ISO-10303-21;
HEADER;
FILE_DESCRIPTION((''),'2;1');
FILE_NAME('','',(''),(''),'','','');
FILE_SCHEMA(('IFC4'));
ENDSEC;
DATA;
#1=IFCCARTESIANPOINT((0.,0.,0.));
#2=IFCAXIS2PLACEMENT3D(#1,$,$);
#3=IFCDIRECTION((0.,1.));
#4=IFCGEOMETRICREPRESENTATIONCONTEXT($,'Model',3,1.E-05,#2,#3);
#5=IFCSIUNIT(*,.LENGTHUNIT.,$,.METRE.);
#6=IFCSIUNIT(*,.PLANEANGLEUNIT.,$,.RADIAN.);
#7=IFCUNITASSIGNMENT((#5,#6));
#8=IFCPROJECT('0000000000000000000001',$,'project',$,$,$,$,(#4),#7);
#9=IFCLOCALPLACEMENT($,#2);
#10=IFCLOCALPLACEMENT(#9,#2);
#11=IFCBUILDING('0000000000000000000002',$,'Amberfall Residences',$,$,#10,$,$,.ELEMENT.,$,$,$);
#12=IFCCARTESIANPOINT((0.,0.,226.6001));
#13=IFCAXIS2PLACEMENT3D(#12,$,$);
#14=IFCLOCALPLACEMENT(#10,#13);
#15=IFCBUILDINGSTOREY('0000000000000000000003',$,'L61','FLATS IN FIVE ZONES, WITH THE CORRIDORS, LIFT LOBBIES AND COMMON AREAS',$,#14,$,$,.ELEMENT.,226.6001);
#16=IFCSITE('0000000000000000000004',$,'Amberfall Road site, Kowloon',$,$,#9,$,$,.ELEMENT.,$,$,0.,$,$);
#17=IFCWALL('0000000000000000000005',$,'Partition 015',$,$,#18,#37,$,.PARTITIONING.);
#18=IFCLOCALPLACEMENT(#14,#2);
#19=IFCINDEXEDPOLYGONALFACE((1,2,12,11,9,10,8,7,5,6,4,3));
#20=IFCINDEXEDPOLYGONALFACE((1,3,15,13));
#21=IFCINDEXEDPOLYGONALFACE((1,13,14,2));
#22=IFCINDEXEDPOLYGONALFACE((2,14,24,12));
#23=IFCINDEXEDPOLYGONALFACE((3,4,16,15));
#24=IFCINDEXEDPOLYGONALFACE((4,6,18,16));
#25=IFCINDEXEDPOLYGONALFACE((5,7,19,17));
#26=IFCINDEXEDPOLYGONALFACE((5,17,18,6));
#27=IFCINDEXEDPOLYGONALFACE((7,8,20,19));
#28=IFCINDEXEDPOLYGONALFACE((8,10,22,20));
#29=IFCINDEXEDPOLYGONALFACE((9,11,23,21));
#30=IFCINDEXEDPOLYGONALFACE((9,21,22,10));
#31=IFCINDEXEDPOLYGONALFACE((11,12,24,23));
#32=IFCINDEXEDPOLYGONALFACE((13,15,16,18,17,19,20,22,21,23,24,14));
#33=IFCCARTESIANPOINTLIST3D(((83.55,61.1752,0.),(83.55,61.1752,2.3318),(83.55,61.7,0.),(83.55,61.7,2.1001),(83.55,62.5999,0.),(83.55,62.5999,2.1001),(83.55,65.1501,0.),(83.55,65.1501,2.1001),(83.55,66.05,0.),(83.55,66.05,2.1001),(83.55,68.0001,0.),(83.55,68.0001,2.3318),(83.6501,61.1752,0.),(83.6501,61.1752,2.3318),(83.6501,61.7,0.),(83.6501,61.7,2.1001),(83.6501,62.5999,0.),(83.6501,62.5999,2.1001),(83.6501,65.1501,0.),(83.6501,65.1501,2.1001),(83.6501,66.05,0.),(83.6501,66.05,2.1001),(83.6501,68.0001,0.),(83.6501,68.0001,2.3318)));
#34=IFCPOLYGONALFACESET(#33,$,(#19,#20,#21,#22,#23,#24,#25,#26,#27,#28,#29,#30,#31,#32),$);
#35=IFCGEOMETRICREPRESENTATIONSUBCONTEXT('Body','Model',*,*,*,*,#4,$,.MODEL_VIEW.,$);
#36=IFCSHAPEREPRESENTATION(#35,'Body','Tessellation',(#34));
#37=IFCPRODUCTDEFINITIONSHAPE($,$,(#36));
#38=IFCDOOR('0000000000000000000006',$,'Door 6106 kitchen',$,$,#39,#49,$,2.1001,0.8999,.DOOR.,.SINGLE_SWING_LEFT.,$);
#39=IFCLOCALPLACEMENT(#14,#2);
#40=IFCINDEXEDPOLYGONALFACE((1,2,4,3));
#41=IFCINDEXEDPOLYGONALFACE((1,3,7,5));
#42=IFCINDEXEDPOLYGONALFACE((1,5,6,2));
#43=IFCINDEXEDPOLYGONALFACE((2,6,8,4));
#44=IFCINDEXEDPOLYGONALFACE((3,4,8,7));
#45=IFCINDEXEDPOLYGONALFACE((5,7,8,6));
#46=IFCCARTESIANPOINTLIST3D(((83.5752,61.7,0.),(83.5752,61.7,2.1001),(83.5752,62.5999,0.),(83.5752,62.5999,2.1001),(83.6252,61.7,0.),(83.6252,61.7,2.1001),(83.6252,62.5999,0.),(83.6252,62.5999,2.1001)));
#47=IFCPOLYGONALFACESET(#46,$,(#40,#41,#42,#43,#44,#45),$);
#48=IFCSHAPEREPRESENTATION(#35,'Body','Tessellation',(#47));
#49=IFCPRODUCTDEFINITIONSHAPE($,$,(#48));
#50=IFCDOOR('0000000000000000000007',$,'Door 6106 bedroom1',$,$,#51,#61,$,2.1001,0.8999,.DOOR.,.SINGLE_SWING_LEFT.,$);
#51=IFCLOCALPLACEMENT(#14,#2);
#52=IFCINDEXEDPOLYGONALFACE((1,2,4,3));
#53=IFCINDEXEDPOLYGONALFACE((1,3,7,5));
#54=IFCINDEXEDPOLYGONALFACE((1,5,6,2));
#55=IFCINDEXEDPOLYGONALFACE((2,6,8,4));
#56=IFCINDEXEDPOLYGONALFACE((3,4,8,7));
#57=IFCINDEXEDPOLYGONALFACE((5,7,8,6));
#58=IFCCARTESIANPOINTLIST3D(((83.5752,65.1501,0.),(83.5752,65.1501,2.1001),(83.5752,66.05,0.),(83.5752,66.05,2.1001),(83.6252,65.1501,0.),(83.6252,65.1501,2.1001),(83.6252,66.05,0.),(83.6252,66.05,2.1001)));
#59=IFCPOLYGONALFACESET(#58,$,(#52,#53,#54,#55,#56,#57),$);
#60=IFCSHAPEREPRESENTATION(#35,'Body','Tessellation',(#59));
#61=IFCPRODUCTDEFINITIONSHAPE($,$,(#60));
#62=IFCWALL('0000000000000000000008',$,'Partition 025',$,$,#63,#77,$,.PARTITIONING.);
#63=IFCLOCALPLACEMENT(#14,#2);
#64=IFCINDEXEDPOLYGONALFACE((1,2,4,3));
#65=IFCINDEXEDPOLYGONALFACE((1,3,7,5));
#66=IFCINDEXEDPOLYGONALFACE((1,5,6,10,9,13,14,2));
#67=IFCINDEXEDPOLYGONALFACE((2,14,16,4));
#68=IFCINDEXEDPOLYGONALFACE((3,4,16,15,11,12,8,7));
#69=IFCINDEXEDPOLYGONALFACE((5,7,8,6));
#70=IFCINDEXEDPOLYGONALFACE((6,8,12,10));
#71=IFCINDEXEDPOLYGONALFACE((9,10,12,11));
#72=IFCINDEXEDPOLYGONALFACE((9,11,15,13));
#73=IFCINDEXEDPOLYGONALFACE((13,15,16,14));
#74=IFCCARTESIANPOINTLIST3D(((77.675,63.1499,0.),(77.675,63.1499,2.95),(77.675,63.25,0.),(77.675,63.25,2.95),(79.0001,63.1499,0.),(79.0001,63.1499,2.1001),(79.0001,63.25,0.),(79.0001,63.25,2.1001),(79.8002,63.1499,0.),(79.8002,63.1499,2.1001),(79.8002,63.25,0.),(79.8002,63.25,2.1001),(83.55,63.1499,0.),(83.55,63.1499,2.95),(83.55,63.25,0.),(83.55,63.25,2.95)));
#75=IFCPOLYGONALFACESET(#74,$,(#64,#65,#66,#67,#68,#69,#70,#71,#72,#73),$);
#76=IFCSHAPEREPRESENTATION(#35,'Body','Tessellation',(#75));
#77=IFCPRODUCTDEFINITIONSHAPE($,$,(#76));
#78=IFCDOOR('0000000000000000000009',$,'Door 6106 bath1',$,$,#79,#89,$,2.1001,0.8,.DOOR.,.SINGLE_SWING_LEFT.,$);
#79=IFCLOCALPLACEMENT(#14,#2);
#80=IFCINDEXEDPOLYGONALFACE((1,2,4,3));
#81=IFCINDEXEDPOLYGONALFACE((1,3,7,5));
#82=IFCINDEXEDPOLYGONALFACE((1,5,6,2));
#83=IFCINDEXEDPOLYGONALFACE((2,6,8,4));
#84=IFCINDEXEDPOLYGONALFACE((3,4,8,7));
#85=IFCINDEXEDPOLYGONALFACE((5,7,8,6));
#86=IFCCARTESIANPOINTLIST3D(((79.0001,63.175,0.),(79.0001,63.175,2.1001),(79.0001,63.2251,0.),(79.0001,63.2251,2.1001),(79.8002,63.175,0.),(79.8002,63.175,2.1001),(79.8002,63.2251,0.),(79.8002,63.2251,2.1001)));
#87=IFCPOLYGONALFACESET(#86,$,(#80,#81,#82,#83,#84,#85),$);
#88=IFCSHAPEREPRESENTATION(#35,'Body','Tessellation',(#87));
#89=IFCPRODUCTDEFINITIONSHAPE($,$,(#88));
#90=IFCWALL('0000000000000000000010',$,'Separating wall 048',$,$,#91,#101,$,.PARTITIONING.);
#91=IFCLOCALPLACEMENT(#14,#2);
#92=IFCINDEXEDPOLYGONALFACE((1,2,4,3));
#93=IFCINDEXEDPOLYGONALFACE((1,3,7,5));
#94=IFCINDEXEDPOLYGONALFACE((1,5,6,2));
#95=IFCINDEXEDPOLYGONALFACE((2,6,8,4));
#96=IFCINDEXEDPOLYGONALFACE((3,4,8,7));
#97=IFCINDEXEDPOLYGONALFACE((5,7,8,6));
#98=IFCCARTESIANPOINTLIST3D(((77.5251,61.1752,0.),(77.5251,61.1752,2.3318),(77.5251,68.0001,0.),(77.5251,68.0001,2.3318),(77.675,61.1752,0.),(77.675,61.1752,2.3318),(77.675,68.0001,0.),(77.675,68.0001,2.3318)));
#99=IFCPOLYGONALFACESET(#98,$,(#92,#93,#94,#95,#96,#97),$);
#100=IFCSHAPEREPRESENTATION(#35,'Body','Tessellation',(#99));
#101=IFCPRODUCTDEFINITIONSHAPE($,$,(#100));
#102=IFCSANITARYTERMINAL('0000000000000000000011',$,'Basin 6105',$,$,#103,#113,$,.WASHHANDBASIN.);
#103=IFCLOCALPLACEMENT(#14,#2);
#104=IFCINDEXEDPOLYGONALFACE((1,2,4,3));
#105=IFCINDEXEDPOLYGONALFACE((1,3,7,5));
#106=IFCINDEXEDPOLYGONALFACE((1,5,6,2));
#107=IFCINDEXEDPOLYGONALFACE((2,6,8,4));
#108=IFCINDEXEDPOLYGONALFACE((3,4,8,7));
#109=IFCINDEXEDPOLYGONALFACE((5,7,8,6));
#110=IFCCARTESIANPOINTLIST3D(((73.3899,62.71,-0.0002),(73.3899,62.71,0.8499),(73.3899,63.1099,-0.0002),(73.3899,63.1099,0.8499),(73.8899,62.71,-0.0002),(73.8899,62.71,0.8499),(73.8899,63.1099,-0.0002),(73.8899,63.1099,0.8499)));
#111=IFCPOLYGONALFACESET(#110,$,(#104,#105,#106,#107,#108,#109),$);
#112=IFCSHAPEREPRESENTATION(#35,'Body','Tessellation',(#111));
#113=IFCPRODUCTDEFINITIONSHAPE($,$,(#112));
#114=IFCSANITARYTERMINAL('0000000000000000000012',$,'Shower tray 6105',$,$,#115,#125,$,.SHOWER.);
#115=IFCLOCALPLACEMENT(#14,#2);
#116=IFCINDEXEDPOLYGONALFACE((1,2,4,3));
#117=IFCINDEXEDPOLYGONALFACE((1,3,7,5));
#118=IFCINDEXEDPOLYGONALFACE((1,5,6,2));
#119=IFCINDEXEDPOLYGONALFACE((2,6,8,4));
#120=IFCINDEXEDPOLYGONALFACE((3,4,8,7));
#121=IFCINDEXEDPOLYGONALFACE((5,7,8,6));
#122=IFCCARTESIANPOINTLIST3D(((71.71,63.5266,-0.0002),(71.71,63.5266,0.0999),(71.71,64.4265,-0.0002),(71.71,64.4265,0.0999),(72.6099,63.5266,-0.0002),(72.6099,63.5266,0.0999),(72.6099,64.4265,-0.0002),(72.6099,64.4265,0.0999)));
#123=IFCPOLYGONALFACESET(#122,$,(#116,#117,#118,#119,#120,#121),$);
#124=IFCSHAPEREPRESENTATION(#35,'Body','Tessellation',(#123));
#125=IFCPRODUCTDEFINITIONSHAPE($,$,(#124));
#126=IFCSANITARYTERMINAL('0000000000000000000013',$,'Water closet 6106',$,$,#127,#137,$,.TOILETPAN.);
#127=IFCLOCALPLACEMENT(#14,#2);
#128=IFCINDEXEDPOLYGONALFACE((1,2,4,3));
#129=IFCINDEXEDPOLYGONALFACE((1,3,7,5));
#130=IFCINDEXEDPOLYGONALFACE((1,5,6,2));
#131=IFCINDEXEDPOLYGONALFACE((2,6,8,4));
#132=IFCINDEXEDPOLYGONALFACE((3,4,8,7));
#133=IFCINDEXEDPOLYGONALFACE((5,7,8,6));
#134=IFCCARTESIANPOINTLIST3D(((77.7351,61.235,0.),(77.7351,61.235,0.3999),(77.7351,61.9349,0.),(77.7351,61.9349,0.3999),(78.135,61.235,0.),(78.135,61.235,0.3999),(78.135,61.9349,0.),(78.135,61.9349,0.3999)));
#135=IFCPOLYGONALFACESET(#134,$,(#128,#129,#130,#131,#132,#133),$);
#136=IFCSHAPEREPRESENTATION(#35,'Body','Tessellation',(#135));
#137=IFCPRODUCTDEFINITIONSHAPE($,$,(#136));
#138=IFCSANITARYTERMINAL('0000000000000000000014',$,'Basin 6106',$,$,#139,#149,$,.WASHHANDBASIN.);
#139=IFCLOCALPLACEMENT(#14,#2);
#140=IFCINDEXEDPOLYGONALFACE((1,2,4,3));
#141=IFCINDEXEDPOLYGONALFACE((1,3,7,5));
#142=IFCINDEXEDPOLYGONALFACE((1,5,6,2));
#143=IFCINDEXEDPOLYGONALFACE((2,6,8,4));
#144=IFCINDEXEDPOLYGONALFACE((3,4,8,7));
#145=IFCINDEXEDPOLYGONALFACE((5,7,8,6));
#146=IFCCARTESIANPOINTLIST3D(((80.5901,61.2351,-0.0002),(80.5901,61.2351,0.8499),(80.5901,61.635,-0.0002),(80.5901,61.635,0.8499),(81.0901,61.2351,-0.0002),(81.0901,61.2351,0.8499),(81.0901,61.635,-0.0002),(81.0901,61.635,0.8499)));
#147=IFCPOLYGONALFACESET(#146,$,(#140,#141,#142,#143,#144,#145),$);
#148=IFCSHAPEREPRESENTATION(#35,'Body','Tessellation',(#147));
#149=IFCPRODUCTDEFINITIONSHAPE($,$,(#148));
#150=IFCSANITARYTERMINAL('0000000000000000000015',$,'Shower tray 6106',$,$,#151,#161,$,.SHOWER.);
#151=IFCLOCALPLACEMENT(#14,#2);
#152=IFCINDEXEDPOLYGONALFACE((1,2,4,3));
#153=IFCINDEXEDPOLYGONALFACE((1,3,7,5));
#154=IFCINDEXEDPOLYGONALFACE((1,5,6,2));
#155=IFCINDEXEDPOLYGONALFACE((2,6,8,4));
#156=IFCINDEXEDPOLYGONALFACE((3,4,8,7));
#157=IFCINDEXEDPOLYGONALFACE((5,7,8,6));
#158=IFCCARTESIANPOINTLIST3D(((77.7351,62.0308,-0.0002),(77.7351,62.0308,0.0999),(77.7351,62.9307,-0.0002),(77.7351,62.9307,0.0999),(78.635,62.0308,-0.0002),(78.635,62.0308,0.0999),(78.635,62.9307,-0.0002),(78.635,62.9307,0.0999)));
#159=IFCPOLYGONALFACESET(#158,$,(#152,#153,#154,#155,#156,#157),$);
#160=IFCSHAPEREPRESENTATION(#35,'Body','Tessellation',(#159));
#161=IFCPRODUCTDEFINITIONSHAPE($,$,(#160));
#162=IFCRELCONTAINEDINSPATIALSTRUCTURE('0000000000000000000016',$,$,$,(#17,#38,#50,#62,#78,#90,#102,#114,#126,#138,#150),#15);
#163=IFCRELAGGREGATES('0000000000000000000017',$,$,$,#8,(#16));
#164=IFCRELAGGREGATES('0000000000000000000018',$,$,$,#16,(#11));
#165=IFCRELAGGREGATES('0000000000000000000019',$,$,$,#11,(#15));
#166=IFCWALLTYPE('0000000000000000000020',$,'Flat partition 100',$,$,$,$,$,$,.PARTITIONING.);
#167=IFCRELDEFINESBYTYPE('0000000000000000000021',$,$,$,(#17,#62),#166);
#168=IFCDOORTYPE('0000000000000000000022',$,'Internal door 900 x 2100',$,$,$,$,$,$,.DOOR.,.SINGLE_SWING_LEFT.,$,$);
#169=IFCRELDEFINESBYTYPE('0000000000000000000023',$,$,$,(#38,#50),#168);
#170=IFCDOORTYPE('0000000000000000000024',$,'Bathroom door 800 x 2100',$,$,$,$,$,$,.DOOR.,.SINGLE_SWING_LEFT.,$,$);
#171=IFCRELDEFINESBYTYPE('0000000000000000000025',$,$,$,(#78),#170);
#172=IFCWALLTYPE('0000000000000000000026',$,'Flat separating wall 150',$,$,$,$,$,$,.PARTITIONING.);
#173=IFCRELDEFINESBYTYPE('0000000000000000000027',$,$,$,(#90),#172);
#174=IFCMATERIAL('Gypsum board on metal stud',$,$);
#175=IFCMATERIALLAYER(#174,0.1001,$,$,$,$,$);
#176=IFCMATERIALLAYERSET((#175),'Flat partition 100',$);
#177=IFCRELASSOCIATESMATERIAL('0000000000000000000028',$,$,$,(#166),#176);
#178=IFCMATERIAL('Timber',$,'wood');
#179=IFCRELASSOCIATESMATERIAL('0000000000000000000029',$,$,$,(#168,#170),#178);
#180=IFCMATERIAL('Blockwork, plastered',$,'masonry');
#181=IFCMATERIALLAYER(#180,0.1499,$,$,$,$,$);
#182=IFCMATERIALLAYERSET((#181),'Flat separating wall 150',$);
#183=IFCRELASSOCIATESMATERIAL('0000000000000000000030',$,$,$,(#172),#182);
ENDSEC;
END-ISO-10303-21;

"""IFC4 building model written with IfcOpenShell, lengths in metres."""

from ifc_helpers import new_model, si_unit, direction, frame, frame_2d, origin, origin_2d, place, context, subcontext, project, spatial, rectangle, extrude, material, layer, layer_set, type_object, element, fill, save


model = new_model("IFC4")

# Units and contexts
model_context = context("Model", 3, precision=1e-05, world=origin(), true_north=direction((0.0, 1.0)))
body_context = subcontext(model_context, "Body", "Model", "MODEL_VIEW")
ifc_project = project(units=[si_unit("LENGTHUNIT", "METRE"), si_unit("PLANEANGLEUNIT", "RADIAN")], contexts=[model_context])

# Site, building, storey
site_placement = place(None, origin())
site = spatial("IfcSite", under=ifc_project, at=site_placement, Name="Amberfall Road site, Kowloon", CompositionType="ELEMENT", RefElevation=0.0)
building_placement = place(site_placement, origin())
building = spatial("IfcBuilding", under=site, at=building_placement, Name="Amberfall Residences", CompositionType="ELEMENT")
storey_placement = place(building_placement, frame((0.0, 0.0, 226.6001)))
storey = spatial("IfcBuildingStorey", under=building, at=storey_placement, Name="L61", Description="FLATS IN FIVE ZONES, WITH THE CORRIDORS, LIFT LOBBIES AND COMMON AREAS", CompositionType="ELEMENT", Elevation=226.6001)

# Shared definitions
ifc_material_1 = material(Name="Gypsum board on metal stud")
ifc_layer_1 = layer(ifc_material_1, 0.1001)
ifc_layer_set_1 = layer_set([ifc_layer_1], Name="Flat partition 100")
wall_type_1 = type_object("IfcWallType", Name="Flat partition 100", PredefinedType="PARTITIONING", material=ifc_layer_set_1)

# Wall, openings, doors
wall_1_placement = place(storey_placement, frame((83.6001, 61.175, 0.0), z_axis=(0.0, 0.0, 1.0), x_axis=(0.0, 1.0, 0.0)))
wall_1 = element("IfcWall", 1, at=wall_1_placement, inside=storey, type_object=wall_type_1, Name="Partition 015", PredefinedType="PARTITIONING", context=body_context, shape_type="SweptSolid", body=[
    extrude(rectangle(XDim=6.825, YDim=0.1001, at=frame_2d((3.4126, 0.0))), origin(), (0.0, 0.0, 1.0), 2.3318),
])
opening_1_placement = place(wall_1_placement, frame((0.5249, 0.0, 0.0)))
opening_1 = element("IfcOpeningElement", 2, at=opening_1_placement, cuts=wall_1, PredefinedType="OPENING", context=body_context, shape_type="SweptSolid", body=[
    extrude(rectangle(XDim=0.8999, YDim=2.1001, at=frame_2d((0.45, 1.05))), frame((0.0, 0.0601, 0.0), z_axis=(0.0, -1.0, 0.0), x_axis=(1.0, 0.0, 0.0)), (0.0, 0.0, 1.0), 0.1201),
])
opening_2_placement = place(wall_1_placement, frame((3.9751, 0.0, 0.0)))
opening_2 = element("IfcOpeningElement", 3, at=opening_2_placement, cuts=wall_1, PredefinedType="OPENING", context=body_context, shape_type="SweptSolid", body=[
    extrude(rectangle(XDim=0.8999, YDim=2.1001, at=frame_2d((0.45, 1.05))), frame((0.0, 0.0601, 0.0), z_axis=(0.0, -1.0, 0.0), x_axis=(1.0, 0.0, 0.0)), (0.0, 0.0, 1.0), 0.1201),
])
ifc_material_2 = material(Name="Timber", Category="wood")
door_type_1 = type_object("IfcDoorType", Name="Internal door 900 x 2100", OperationType="SINGLE_SWING_LEFT", PredefinedType="DOOR", material=ifc_material_2)
door_1_placement = place(opening_1_placement, origin())
door_1 = element("IfcDoor", 4, at=door_1_placement, inside=storey, type_object=door_type_1, Name="Door 6106 kitchen", OperationType="SINGLE_SWING_LEFT", OverallHeight=2.1001, OverallWidth=0.8999, PredefinedType="DOOR", context=body_context, shape_type="SweptSolid", body=[
    extrude(rectangle(XDim=0.8999, YDim=2.1001, at=frame_2d((0.45, 1.05))), frame((0.0, 0.0249, 0.0), z_axis=(0.0, -1.0, 0.0), x_axis=(1.0, 0.0, 0.0)), (0.0, 0.0, 1.0), 0.05),
])
fill(opening_1, door_1)
door_2_placement = place(opening_2_placement, origin())
door_2 = element("IfcDoor", 5, at=door_2_placement, inside=storey, type_object=door_type_1, Name="Door 6106 bedroom1", OperationType="SINGLE_SWING_LEFT", OverallHeight=2.1001, OverallWidth=0.8999, PredefinedType="DOOR", context=body_context, shape_type="SweptSolid", body=[
    extrude(rectangle(XDim=0.8999, YDim=2.1001, at=frame_2d((0.45, 1.05))), frame((0.0, 0.0249, 0.0), z_axis=(0.0, -1.0, 0.0), x_axis=(1.0, 0.0, 0.0)), (0.0, 0.0, 1.0), 0.05),
])
fill(opening_2, door_2)

# Wall, opening, door
wall_2_placement = place(storey_placement, frame((83.55, 63.2, 0.0), z_axis=(0.0, 0.0, 1.0), x_axis=(-1.0, 0.0, 0.0)))
wall_2 = element("IfcWall", 6, at=wall_2_placement, inside=storey, type_object=wall_type_1, Name="Partition 025", PredefinedType="PARTITIONING", context=body_context, shape_type="SweptSolid", body=[
    extrude(rectangle(XDim=5.875, YDim=0.1001, at=frame_2d((2.9375, 0.0))), origin(), (0.0, 0.0, 1.0), 2.95),
])
opening_3_placement = place(wall_2_placement, frame((3.75, 0.0, 0.0)))
opening_3 = element("IfcOpeningElement", 7, at=opening_3_placement, cuts=wall_2, PredefinedType="OPENING", context=body_context, shape_type="SweptSolid", body=[
    extrude(rectangle(XDim=0.8, YDim=2.1001, at=frame_2d((0.3999, 1.05))), frame((0.0, 0.0601, 0.0), z_axis=(0.0, -1.0, 0.0), x_axis=(1.0, 0.0, 0.0)), (0.0, 0.0, 1.0), 0.1201),
])
door_type_2 = type_object("IfcDoorType", Name="Bathroom door 800 x 2100", OperationType="SINGLE_SWING_LEFT", PredefinedType="DOOR", material=ifc_material_2)
door_3_placement = place(opening_3_placement, origin())
door_3 = element("IfcDoor", 8, at=door_3_placement, inside=storey, type_object=door_type_2, Name="Door 6106 bath1", OperationType="SINGLE_SWING_LEFT", OverallHeight=2.1001, OverallWidth=0.8, PredefinedType="DOOR", context=body_context, shape_type="SweptSolid", body=[
    extrude(rectangle(XDim=0.8, YDim=2.1001, at=frame_2d((0.3999, 1.05))), frame((0.0, 0.0249, 0.0), z_axis=(0.0, -1.0, 0.0), x_axis=(1.0, 0.0, 0.0)), (0.0, 0.0, 1.0), 0.05),
])
fill(opening_3, door_3)

# Wall
ifc_material_3 = material(Name="Blockwork, plastered", Category="masonry")
ifc_layer_2 = layer(ifc_material_3, 0.1499)
ifc_layer_set_2 = layer_set([ifc_layer_2], Name="Flat separating wall 150")
wall_type_2 = type_object("IfcWallType", Name="Flat separating wall 150", PredefinedType="PARTITIONING", material=ifc_layer_set_2)
wall_3_placement = place(storey_placement, frame((77.6001, 61.175, 0.0), z_axis=(0.0, 0.0, 1.0), x_axis=(0.0, 1.0, 0.0)))
element("IfcWall", 9, at=wall_3_placement, inside=storey, type_object=wall_type_2, Name="Separating wall 048", PredefinedType="PARTITIONING", context=body_context, shape_type="SweptSolid", body=[
    extrude(rectangle(XDim=6.825, YDim=0.1499, at=frame_2d((3.4126, 0.0))), origin(), (0.0, 0.0, 1.0), 2.3318),
])

# Sanitary terminals
sanitary_terminal_1_placement = place(storey_placement, frame((73.6399, 62.9099, -0.0002), z_axis=(0.0, 0.0, 1.0), x_axis=(1.0, 0.0, 0.0)))
element("IfcSanitaryTerminal", 10, at=sanitary_terminal_1_placement, inside=storey, Name="Basin 6105", PredefinedType="WASHHANDBASIN", context=body_context, shape_type="SweptSolid", body=[
    extrude(rectangle(XDim=0.5, YDim=0.3999, at=origin_2d()), origin(), (0.0, 0.0, 1.0), 0.8501),
])
sanitary_terminal_2_placement = place(storey_placement, frame((72.1599, 63.9766, -0.0002), z_axis=(0.0, 0.0, 1.0), x_axis=(1.0, 0.0, 0.0)))
element("IfcSanitaryTerminal", 11, at=sanitary_terminal_2_placement, inside=storey, Name="Shower tray 6105", PredefinedType="SHOWER", context=body_context, shape_type="SweptSolid", body=[
    extrude(rectangle(XDim=0.8999, YDim=0.8999, at=origin_2d()), origin(), (0.0, 0.0, 1.0), 0.1001),
])
sanitary_terminal_3_placement = place(storey_placement, frame((77.9351, 61.585, 0.0), z_axis=(0.0, 0.0, 1.0), x_axis=(1.0, 0.0, 0.0)))
element("IfcSanitaryTerminal", 12, at=sanitary_terminal_3_placement, inside=storey, Name="Water closet 6106", PredefinedType="TOILETPAN", context=body_context, shape_type="SweptSolid", body=[
    extrude(rectangle(XDim=0.3999, YDim=0.7, at=origin_2d()), origin(), (0.0, 0.0, 1.0), 0.3999),
])
sanitary_terminal_4_placement = place(storey_placement, frame((80.8401, 61.4351, -0.0002), z_axis=(0.0, 0.0, 1.0), x_axis=(1.0, 0.0, 0.0)))
element("IfcSanitaryTerminal", 13, at=sanitary_terminal_4_placement, inside=storey, Name="Basin 6106", PredefinedType="WASHHANDBASIN", context=body_context, shape_type="SweptSolid", body=[
    extrude(rectangle(XDim=0.5, YDim=0.3999, at=origin_2d()), origin(), (0.0, 0.0, 1.0), 0.8501),
])
sanitary_terminal_5_placement = place(storey_placement, frame((78.1851, 62.4807, -0.0002), z_axis=(0.0, 0.0, 1.0), x_axis=(1.0, 0.0, 0.0)))
element("IfcSanitaryTerminal", 14, at=sanitary_terminal_5_placement, inside=storey, Name="Shower tray 6106", PredefinedType="SHOWER", context=body_context, shape_type="SweptSolid", body=[
    extrude(rectangle(XDim=0.8999, YDim=0.8999, at=origin_2d()), origin(), (0.0, 0.0, 1.0), 0.1001),
])

save(model, "model.ifc")
